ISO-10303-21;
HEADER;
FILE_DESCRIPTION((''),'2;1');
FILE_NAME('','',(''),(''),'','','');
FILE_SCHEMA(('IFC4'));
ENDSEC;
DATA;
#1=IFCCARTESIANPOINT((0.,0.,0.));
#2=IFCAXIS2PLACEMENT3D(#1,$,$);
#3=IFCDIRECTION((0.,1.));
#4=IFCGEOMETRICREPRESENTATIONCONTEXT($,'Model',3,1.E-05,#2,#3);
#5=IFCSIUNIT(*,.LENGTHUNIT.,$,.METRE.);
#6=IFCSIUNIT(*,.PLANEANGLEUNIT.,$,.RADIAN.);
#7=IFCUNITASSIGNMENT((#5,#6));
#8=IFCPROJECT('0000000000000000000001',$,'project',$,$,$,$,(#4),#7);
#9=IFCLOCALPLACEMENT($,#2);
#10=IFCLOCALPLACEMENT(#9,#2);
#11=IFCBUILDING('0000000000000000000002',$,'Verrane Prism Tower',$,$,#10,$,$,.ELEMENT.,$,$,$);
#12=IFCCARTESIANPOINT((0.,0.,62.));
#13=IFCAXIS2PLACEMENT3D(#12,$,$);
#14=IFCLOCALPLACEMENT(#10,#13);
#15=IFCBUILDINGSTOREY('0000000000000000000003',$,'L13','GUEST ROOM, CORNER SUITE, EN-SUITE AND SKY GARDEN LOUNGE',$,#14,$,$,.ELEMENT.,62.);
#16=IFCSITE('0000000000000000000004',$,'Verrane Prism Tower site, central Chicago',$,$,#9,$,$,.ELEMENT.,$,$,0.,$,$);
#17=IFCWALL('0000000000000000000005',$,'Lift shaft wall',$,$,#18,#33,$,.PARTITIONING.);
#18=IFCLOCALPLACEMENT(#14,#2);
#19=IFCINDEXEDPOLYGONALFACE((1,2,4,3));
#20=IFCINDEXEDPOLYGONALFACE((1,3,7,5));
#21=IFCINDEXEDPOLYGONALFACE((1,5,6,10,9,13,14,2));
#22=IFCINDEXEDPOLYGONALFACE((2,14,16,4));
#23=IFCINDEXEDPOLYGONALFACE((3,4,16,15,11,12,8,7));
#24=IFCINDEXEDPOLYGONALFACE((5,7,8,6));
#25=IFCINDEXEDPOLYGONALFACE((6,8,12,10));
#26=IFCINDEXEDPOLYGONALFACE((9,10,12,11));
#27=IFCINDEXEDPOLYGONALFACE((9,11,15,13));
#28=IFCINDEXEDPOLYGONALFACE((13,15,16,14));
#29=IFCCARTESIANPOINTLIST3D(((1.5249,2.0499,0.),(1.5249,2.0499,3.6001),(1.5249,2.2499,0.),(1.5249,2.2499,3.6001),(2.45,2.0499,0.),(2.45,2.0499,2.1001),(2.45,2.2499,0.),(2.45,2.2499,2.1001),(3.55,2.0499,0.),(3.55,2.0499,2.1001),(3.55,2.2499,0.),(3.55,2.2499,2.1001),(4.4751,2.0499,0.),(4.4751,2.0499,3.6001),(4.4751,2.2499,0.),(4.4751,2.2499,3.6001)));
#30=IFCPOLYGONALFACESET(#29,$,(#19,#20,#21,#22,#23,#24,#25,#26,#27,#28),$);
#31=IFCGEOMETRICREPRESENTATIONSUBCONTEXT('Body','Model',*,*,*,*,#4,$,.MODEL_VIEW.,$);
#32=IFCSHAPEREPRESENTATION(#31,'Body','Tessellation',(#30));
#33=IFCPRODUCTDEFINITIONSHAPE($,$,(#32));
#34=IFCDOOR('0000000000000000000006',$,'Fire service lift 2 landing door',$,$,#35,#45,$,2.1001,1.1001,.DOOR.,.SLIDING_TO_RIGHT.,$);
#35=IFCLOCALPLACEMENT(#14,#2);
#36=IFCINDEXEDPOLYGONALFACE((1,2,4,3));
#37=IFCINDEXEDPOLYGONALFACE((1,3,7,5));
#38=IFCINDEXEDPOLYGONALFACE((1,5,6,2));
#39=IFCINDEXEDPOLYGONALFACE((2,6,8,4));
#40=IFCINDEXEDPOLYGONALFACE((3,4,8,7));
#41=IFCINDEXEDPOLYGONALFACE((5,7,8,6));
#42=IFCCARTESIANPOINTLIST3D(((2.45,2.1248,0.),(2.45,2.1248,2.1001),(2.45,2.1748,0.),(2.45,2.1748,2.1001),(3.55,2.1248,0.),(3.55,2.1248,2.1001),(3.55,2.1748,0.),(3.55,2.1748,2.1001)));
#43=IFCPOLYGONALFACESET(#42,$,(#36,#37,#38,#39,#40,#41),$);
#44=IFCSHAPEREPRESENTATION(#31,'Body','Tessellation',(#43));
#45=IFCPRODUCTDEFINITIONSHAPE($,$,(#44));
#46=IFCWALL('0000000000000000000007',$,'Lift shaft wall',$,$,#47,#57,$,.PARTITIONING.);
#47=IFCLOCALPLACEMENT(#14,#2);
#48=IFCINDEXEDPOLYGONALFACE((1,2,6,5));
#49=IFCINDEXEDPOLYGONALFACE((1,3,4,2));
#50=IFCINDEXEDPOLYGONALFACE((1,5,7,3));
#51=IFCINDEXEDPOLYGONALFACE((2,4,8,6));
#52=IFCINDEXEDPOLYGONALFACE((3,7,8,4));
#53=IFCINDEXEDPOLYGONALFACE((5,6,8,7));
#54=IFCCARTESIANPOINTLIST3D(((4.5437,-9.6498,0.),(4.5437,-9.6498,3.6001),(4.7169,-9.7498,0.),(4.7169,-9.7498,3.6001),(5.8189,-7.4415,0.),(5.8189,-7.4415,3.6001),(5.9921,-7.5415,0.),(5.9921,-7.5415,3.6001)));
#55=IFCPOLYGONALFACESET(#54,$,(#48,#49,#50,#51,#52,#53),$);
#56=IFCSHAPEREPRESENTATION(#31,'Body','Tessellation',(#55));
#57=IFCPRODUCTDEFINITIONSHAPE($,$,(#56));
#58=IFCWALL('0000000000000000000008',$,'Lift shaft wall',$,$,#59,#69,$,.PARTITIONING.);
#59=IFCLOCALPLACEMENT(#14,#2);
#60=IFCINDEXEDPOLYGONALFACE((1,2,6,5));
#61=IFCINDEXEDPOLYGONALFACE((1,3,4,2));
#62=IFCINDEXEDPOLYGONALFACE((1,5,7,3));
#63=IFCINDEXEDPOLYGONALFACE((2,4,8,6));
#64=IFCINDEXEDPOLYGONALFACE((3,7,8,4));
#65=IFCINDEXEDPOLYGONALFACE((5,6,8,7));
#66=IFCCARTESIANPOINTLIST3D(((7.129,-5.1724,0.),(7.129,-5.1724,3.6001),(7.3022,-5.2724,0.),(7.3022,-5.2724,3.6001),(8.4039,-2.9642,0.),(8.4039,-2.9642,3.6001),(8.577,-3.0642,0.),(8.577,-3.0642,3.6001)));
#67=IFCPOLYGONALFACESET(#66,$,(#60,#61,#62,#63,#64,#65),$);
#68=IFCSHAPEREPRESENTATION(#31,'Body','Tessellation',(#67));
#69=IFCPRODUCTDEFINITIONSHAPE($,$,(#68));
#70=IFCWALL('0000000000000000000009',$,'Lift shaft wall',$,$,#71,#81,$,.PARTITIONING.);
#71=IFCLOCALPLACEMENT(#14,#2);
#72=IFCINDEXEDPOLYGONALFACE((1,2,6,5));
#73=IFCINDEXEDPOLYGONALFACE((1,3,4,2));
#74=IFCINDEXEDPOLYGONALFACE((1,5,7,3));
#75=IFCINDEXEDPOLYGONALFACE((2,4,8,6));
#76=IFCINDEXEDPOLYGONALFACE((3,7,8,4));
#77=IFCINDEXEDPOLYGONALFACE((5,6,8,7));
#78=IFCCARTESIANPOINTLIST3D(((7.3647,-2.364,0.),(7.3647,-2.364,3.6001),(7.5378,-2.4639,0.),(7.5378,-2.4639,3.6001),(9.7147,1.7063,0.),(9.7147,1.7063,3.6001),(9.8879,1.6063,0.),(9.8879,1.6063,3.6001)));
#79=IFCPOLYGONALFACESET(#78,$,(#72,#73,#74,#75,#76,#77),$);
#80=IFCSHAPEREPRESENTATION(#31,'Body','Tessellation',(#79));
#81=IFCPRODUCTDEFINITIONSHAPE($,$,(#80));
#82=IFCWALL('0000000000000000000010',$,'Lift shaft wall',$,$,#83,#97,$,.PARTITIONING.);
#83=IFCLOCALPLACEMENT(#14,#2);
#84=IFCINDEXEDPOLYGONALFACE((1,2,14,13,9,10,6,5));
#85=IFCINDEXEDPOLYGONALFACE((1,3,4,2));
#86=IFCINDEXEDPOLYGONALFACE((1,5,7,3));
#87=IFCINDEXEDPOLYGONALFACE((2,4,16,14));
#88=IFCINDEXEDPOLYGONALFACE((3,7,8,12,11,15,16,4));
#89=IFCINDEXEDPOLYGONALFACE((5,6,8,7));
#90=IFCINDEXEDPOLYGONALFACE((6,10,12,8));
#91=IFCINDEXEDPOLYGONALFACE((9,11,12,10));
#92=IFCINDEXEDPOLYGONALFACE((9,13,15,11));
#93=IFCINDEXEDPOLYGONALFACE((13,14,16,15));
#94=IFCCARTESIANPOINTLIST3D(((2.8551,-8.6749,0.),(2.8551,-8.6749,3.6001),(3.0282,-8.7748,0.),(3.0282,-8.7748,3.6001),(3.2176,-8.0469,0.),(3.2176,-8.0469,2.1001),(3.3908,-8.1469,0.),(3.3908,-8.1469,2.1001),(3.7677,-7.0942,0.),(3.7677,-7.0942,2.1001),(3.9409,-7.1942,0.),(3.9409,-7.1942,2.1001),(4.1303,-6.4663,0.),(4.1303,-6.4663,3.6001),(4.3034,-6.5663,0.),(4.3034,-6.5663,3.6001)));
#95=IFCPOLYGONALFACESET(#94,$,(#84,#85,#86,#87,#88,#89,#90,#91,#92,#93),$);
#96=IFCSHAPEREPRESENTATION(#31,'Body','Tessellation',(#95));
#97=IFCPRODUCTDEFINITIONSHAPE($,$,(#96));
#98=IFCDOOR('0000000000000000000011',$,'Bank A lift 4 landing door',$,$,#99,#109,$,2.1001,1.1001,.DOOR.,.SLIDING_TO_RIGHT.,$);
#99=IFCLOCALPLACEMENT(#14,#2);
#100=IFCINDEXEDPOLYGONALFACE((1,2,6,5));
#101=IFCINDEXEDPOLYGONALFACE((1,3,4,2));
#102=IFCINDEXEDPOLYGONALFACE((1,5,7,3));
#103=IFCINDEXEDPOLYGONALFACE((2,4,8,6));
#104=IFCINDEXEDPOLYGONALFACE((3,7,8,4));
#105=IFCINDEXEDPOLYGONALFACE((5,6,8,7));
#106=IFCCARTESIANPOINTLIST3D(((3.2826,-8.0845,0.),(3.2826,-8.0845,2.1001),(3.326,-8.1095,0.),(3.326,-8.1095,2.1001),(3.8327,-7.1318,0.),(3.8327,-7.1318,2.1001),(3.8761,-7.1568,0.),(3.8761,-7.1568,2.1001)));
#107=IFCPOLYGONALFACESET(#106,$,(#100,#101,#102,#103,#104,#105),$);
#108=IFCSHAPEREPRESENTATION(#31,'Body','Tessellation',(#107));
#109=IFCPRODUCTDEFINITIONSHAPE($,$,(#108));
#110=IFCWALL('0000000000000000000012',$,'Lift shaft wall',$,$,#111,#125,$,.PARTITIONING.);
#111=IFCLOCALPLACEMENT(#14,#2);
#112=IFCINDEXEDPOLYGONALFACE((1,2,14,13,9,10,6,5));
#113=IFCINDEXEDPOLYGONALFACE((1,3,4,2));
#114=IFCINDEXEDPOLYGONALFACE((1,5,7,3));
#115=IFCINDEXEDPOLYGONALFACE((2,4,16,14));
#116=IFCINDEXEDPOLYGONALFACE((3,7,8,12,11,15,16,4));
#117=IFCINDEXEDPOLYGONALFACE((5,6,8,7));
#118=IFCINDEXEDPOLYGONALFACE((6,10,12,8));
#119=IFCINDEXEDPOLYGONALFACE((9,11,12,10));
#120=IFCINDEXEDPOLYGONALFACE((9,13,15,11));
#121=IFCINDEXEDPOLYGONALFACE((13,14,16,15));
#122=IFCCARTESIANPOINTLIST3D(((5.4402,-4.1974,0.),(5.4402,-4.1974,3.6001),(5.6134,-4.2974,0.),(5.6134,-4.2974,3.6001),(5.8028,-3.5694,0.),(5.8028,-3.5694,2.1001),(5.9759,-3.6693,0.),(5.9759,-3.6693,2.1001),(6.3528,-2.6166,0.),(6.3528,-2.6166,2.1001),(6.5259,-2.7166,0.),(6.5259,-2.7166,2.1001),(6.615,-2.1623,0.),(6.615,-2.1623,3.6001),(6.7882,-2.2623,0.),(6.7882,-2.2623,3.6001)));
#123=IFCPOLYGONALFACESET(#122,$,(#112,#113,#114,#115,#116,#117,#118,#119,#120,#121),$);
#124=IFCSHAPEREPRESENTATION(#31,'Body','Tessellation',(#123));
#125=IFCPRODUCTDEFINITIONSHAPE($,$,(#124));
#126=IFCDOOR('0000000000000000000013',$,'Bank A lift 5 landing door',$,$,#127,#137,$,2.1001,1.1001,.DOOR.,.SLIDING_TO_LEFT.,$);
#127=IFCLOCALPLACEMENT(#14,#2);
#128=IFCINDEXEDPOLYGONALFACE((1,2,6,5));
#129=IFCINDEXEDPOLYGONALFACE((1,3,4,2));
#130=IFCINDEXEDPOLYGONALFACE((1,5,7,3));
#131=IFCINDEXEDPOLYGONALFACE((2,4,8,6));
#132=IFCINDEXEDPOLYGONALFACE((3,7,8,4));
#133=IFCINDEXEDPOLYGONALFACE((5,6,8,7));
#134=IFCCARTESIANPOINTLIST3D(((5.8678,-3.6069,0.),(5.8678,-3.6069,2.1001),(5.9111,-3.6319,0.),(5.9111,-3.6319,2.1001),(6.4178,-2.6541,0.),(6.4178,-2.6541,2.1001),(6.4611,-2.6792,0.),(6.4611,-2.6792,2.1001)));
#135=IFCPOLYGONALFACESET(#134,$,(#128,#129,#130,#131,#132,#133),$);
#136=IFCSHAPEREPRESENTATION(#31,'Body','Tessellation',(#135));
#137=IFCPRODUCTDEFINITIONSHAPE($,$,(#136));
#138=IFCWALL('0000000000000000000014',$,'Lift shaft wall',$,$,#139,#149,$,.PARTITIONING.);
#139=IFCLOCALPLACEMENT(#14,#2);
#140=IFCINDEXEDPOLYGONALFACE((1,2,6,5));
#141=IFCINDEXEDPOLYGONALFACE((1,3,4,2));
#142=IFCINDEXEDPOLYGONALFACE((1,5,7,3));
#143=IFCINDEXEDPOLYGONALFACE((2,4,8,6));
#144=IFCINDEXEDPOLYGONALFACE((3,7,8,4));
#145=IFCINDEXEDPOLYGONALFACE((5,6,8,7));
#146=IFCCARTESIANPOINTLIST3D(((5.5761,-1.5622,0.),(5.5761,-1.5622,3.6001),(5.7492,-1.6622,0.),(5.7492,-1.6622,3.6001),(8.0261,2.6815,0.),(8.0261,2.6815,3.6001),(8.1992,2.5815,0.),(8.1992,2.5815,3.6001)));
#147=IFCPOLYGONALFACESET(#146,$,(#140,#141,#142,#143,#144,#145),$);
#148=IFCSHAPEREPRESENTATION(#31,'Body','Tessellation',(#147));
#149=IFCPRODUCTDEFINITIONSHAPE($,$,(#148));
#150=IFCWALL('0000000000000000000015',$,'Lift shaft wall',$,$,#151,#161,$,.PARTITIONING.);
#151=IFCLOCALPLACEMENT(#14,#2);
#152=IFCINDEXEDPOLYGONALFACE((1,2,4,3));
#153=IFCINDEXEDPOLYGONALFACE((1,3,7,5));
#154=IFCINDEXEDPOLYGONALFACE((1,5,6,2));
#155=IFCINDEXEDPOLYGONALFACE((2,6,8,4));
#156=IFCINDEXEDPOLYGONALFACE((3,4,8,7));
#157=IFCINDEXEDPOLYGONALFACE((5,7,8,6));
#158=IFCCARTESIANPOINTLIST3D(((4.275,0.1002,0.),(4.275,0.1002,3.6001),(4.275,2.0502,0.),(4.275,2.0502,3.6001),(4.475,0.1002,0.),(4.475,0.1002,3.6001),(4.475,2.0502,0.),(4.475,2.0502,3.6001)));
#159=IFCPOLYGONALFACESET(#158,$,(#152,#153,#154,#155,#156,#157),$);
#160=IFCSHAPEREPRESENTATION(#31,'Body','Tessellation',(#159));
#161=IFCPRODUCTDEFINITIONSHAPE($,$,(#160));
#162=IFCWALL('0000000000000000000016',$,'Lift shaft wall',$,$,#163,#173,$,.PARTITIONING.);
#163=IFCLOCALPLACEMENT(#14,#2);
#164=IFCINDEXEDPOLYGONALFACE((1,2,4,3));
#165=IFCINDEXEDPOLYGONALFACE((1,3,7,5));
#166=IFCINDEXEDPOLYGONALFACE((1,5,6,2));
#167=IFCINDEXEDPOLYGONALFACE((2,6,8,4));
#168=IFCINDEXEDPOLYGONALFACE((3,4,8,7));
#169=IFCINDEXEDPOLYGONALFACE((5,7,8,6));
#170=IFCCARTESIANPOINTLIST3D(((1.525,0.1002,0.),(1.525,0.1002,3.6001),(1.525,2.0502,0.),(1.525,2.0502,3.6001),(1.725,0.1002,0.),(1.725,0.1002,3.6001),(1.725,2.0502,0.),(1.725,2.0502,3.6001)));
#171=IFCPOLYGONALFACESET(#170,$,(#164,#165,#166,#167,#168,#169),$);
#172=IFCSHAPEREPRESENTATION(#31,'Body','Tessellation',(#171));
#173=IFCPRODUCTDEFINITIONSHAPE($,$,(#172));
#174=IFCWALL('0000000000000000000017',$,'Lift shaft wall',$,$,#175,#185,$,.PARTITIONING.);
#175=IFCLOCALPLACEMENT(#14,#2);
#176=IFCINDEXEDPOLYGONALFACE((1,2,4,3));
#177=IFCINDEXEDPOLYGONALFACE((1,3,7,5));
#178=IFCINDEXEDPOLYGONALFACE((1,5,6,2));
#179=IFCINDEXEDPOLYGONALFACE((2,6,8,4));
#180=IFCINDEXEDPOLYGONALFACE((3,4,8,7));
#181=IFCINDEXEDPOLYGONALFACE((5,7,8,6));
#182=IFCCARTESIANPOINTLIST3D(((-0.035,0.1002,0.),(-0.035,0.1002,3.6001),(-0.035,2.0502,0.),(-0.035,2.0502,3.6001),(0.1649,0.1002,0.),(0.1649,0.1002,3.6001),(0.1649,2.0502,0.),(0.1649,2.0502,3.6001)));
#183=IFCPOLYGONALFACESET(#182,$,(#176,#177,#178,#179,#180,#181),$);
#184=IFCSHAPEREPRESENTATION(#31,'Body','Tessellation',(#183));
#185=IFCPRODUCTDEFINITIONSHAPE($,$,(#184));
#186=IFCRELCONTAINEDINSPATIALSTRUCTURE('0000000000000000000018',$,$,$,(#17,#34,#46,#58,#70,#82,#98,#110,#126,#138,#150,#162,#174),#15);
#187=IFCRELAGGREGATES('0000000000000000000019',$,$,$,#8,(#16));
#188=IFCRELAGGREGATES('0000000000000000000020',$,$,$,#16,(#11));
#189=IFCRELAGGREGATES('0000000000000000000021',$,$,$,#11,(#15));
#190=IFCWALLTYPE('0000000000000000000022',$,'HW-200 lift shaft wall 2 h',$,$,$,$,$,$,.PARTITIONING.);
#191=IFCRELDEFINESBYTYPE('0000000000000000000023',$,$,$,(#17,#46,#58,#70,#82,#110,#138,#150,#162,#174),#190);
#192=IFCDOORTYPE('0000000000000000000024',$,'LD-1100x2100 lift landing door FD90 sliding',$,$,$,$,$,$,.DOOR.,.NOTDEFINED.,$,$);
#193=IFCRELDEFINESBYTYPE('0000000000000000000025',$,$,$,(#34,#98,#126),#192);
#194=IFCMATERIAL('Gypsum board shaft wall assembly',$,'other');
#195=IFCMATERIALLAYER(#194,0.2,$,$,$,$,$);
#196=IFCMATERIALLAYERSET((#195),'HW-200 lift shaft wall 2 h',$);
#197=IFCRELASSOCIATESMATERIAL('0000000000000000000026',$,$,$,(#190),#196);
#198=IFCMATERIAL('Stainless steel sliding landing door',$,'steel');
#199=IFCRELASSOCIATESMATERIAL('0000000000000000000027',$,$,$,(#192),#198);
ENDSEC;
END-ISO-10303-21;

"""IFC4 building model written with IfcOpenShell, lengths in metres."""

from ifc_helpers import new_model, si_unit, direction, frame, frame_2d, origin, place, context, subcontext, project, spatial, rectangle, extrude, material, layer, layer_set, type_object, element, fill, save


model = new_model("IFC4")

# Units and contexts
model_context = context("Model", 3, precision=1e-05, world=origin(), true_north=direction((0.0, 1.0)))
body_context = subcontext(model_context, "Body", "Model", "MODEL_VIEW")
ifc_project = project(units=[si_unit("LENGTHUNIT", "METRE"), si_unit("PLANEANGLEUNIT", "RADIAN")], contexts=[model_context])

# Site, building, storey
site_placement = place(None, origin())
site = spatial("IfcSite", under=ifc_project, at=site_placement, Name="Verrane Prism Tower site, central Chicago", CompositionType="ELEMENT", RefElevation=0.0)
building_placement = place(site_placement, origin())
building = spatial("IfcBuilding", under=site, at=building_placement, Name="Verrane Prism Tower", CompositionType="ELEMENT")
storey_placement = place(building_placement, frame((0.0, 0.0, 62.0)))
storey = spatial("IfcBuildingStorey", under=building, at=storey_placement, Name="L13", Description="GUEST ROOM, CORNER SUITE, EN-SUITE AND SKY GARDEN LOUNGE", CompositionType="ELEMENT", Elevation=62.0)

# Shared definitions
ifc_material_1 = material(Name="Gypsum board shaft wall assembly", Category="other")
ifc_layer_1 = layer(ifc_material_1, 0.2)
ifc_layer_set_1 = layer_set([ifc_layer_1], Name="HW-200 lift shaft wall 2 h")
wall_type_1 = type_object("IfcWallType", Name="HW-200 lift shaft wall 2 h", PredefinedType="PARTITIONING", material=ifc_layer_set_1)

# Wall, opening, door
wall_1_placement = place(storey_placement, frame((1.5249, 2.1499, 0.0), z_axis=(0.0, 0.0, 1.0), x_axis=(1.0, 0.0, 0.0)))
wall_1 = element("IfcWall", 1, at=wall_1_placement, inside=storey, type_object=wall_type_1, Name="Lift shaft wall", PredefinedType="PARTITIONING", context=body_context, shape_type="SweptSolid", body=[
    extrude(rectangle(XDim=2.9502, YDim=0.2, at=frame_2d((1.4751, 0.0))), origin(), (0.0, 0.0, 1.0), 3.6001),
])
opening_1_placement = place(wall_1_placement, frame((0.925, 0.0, 0.0)))
opening_1 = element("IfcOpeningElement", 2, at=opening_1_placement, cuts=wall_1, PredefinedType="OPENING", context=body_context, shape_type="SweptSolid", body=[
    extrude(rectangle(XDim=1.1001, YDim=2.1001, at=frame_2d((0.55, 1.05))), frame((0.0, 0.1099, 0.0), z_axis=(0.0, -1.0, 0.0), x_axis=(1.0, 0.0, 0.0)), (0.0, 0.0, 1.0), 0.22),
])
ifc_material_2 = material(Name="Stainless steel sliding landing door", Category="steel")
door_type_1 = type_object("IfcDoorType", Name="LD-1100x2100 lift landing door FD90 sliding", OperationType="NOTDEFINED", PredefinedType="DOOR", material=ifc_material_2)
door_1_placement = place(opening_1_placement, origin())
door_1 = element("IfcDoor", 3, at=door_1_placement, inside=storey, type_object=door_type_1, Name="Fire service lift 2 landing door", OperationType="SLIDING_TO_RIGHT", OverallHeight=2.1001, OverallWidth=1.1001, PredefinedType="DOOR", context=body_context, shape_type="SweptSolid", body=[
    extrude(rectangle(XDim=1.1001, YDim=2.1001, at=frame_2d((0.55, 1.05))), frame((0.0, 0.0249, 0.0), z_axis=(0.0, -1.0, 0.0), x_axis=(1.0, 0.0, 0.0)), (0.0, 0.0, 1.0), 0.05),
])
fill(opening_1, door_1)

# Walls
wall_2_placement = place(storey_placement, frame((4.6304, -9.6997, 0.0), z_axis=(0.0, 0.0, 1.0), x_axis=(0.500062, 0.865989, 0.0)))
element("IfcWall", 4, at=wall_2_placement, inside=storey, type_object=wall_type_1, Name="Lift shaft wall", PredefinedType="PARTITIONING", context=body_context, shape_type="SweptSolid", body=[
    extrude(rectangle(XDim=2.55, YDim=0.2, at=frame_2d((1.2749, 0.0))), origin(), (0.0, 0.0, 1.0), 3.6001),
])
wall_3_placement = place(storey_placement, frame((7.2156, -5.2224, 0.0), z_axis=(0.0, 0.0, 1.0), x_axis=(0.49999, 0.866031, 0.0)))
element("IfcWall", 5, at=wall_3_placement, inside=storey, type_object=wall_type_1, Name="Lift shaft wall", PredefinedType="PARTITIONING", context=body_context, shape_type="SweptSolid", body=[
    extrude(rectangle(XDim=2.5498, YDim=0.2, at=frame_2d((1.2749, 0.0))), origin(), (0.0, 0.0, 1.0), 3.6001),
])
wall_4_placement = place(storey_placement, frame((7.4512, -2.4141, 0.0), z_axis=(0.0, 0.0, 1.0), x_axis=(0.500016, 0.866016, 0.0)))
element("IfcWall", 6, at=wall_4_placement, inside=storey, type_object=wall_type_1, Name="Lift shaft wall", PredefinedType="PARTITIONING", context=body_context, shape_type="SweptSolid", body=[
    extrude(rectangle(XDim=4.7, YDim=0.2, at=frame_2d((2.3501, 0.0))), origin(), (0.0, 0.0, 1.0), 3.6001),
])

# Walls, openings, doors
wall_5_placement = place(storey_placement, frame((2.9417, -8.7249, 0.0), z_axis=(0.0, 0.0, 1.0), x_axis=(0.500021, 0.866013, 0.0)))
wall_5 = element("IfcWall", 7, at=wall_5_placement, inside=storey, type_object=wall_type_1, Name="Lift shaft wall", PredefinedType="PARTITIONING", context=body_context, shape_type="SweptSolid", body=[
    extrude(rectangle(XDim=2.5503, YDim=0.2, at=frame_2d((1.2751, 0.0))), origin(), (0.0, 0.0, 1.0), 3.6001),
])
opening_2_placement = place(wall_5_placement, frame((0.7251, 0.0, 0.0)))
opening_2 = element("IfcOpeningElement", 8, at=opening_2_placement, cuts=wall_5, PredefinedType="OPENING", context=body_context, shape_type="SweptSolid", body=[
    extrude(rectangle(XDim=1.1001, YDim=2.1001, at=frame_2d((0.55, 1.05))), frame((0.0, 0.1099, 0.0), z_axis=(0.0, -1.0, 0.0), x_axis=(1.0, 0.0, 0.0)), (0.0, 0.0, 1.0), 0.22),
])
door_2_placement = place(opening_2_placement, origin())
door_2 = element("IfcDoor", 9, at=door_2_placement, inside=storey, type_object=door_type_1, Name="Bank A lift 4 landing door", OperationType="SLIDING_TO_RIGHT", OverallHeight=2.1001, OverallWidth=1.1001, PredefinedType="DOOR", context=body_context, shape_type="SweptSolid", body=[
    extrude(rectangle(XDim=1.1001, YDim=2.1001, at=frame_2d((0.55, 1.05))), frame((0.0, 0.0249, 0.0), z_axis=(0.0, -1.0, 0.0), x_axis=(1.0, 0.0, 0.0)), (0.0, 0.0, 1.0), 0.05),
])
fill(opening_2, door_2)
wall_6_placement = place(storey_placement, frame((5.5269, -4.2473, 0.0), z_axis=(0.0, 0.0, 1.0), x_axis=(0.499938, 0.866061, 0.0)))
wall_6 = element("IfcWall", 10, at=wall_6_placement, inside=storey, type_object=wall_type_1, Name="Lift shaft wall", PredefinedType="PARTITIONING", context=body_context, shape_type="SweptSolid", body=[
    extrude(rectangle(XDim=2.3499, YDim=0.2, at=frame_2d((1.1748, 0.0))), origin(), (0.0, 0.0, 1.0), 3.6001),
])
opening_3_placement = place(wall_6_placement, frame((0.7251, 0.0, 0.0)))
opening_3 = element("IfcOpeningElement", 11, at=opening_3_placement, cuts=wall_6, PredefinedType="OPENING", context=body_context, shape_type="SweptSolid", body=[
    extrude(rectangle(XDim=1.1001, YDim=2.1001, at=frame_2d((0.55, 1.05))), frame((0.0, 0.1099, 0.0), z_axis=(0.0, -1.0, 0.0), x_axis=(1.0, 0.0, 0.0)), (0.0, 0.0, 1.0), 0.22),
])
door_3_placement = place(opening_3_placement, origin())
door_3 = element("IfcDoor", 12, at=door_3_placement, inside=storey, type_object=door_type_1, Name="Bank A lift 5 landing door", OperationType="SLIDING_TO_LEFT", OverallHeight=2.1001, OverallWidth=1.1001, PredefinedType="DOOR", context=body_context, shape_type="SweptSolid", body=[
    extrude(rectangle(XDim=1.1001, YDim=2.1001, at=frame_2d((0.55, 1.05))), frame((0.0, 0.0249, 0.0), z_axis=(0.0, -1.0, 0.0), x_axis=(1.0, 0.0, 0.0)), (0.0, 0.0, 1.0), 0.05),
])
fill(opening_3, door_3)

# Walls
wall_7_placement = place(storey_placement, frame((5.6626, -1.6123, 0.0), z_axis=(0.0, 0.0, 1.0), x_axis=(0.499981, 0.866036, 0.0)))
element("IfcWall", 13, at=wall_7_placement, inside=storey, type_object=wall_type_1, Name="Lift shaft wall", PredefinedType="PARTITIONING", context=body_context, shape_type="SweptSolid", body=[
    extrude(rectangle(XDim=4.9001, YDim=0.2, at=frame_2d((2.4502, 0.0))), origin(), (0.0, 0.0, 1.0), 3.6001),
])
for number, where, z_axis, x_axis, name in (
    (14, (4.375, 0.1001, 0.0), (0.0, 0.0, 1.0), (0.0, 1.0, 0.0), "Lift shaft wall"),
    (15, (1.625, 0.1001, 0.0), (0.0, 0.0, 1.0), (0.0, 1.0, 0.0), "Lift shaft wall"),
    (16, (0.0649, 0.1001, 0.0), (0.0, 0.0, 1.0), (0.0, 1.0, 0.0), "Lift shaft wall"),
):
    element("IfcWall", number, at=place(storey_placement, frame(where, z_axis=z_axis, x_axis=x_axis)), inside=storey, type_object=wall_type_1, Name=name, PredefinedType="PARTITIONING", context=body_context, shape_type="SweptSolid", body=[
        extrude(rectangle(XDim=1.95, YDim=0.2, at=frame_2d((0.9751, 0.0))), origin(), (0.0, 0.0, 1.0), 3.6001),
    ])

save(model, "model.ifc")
